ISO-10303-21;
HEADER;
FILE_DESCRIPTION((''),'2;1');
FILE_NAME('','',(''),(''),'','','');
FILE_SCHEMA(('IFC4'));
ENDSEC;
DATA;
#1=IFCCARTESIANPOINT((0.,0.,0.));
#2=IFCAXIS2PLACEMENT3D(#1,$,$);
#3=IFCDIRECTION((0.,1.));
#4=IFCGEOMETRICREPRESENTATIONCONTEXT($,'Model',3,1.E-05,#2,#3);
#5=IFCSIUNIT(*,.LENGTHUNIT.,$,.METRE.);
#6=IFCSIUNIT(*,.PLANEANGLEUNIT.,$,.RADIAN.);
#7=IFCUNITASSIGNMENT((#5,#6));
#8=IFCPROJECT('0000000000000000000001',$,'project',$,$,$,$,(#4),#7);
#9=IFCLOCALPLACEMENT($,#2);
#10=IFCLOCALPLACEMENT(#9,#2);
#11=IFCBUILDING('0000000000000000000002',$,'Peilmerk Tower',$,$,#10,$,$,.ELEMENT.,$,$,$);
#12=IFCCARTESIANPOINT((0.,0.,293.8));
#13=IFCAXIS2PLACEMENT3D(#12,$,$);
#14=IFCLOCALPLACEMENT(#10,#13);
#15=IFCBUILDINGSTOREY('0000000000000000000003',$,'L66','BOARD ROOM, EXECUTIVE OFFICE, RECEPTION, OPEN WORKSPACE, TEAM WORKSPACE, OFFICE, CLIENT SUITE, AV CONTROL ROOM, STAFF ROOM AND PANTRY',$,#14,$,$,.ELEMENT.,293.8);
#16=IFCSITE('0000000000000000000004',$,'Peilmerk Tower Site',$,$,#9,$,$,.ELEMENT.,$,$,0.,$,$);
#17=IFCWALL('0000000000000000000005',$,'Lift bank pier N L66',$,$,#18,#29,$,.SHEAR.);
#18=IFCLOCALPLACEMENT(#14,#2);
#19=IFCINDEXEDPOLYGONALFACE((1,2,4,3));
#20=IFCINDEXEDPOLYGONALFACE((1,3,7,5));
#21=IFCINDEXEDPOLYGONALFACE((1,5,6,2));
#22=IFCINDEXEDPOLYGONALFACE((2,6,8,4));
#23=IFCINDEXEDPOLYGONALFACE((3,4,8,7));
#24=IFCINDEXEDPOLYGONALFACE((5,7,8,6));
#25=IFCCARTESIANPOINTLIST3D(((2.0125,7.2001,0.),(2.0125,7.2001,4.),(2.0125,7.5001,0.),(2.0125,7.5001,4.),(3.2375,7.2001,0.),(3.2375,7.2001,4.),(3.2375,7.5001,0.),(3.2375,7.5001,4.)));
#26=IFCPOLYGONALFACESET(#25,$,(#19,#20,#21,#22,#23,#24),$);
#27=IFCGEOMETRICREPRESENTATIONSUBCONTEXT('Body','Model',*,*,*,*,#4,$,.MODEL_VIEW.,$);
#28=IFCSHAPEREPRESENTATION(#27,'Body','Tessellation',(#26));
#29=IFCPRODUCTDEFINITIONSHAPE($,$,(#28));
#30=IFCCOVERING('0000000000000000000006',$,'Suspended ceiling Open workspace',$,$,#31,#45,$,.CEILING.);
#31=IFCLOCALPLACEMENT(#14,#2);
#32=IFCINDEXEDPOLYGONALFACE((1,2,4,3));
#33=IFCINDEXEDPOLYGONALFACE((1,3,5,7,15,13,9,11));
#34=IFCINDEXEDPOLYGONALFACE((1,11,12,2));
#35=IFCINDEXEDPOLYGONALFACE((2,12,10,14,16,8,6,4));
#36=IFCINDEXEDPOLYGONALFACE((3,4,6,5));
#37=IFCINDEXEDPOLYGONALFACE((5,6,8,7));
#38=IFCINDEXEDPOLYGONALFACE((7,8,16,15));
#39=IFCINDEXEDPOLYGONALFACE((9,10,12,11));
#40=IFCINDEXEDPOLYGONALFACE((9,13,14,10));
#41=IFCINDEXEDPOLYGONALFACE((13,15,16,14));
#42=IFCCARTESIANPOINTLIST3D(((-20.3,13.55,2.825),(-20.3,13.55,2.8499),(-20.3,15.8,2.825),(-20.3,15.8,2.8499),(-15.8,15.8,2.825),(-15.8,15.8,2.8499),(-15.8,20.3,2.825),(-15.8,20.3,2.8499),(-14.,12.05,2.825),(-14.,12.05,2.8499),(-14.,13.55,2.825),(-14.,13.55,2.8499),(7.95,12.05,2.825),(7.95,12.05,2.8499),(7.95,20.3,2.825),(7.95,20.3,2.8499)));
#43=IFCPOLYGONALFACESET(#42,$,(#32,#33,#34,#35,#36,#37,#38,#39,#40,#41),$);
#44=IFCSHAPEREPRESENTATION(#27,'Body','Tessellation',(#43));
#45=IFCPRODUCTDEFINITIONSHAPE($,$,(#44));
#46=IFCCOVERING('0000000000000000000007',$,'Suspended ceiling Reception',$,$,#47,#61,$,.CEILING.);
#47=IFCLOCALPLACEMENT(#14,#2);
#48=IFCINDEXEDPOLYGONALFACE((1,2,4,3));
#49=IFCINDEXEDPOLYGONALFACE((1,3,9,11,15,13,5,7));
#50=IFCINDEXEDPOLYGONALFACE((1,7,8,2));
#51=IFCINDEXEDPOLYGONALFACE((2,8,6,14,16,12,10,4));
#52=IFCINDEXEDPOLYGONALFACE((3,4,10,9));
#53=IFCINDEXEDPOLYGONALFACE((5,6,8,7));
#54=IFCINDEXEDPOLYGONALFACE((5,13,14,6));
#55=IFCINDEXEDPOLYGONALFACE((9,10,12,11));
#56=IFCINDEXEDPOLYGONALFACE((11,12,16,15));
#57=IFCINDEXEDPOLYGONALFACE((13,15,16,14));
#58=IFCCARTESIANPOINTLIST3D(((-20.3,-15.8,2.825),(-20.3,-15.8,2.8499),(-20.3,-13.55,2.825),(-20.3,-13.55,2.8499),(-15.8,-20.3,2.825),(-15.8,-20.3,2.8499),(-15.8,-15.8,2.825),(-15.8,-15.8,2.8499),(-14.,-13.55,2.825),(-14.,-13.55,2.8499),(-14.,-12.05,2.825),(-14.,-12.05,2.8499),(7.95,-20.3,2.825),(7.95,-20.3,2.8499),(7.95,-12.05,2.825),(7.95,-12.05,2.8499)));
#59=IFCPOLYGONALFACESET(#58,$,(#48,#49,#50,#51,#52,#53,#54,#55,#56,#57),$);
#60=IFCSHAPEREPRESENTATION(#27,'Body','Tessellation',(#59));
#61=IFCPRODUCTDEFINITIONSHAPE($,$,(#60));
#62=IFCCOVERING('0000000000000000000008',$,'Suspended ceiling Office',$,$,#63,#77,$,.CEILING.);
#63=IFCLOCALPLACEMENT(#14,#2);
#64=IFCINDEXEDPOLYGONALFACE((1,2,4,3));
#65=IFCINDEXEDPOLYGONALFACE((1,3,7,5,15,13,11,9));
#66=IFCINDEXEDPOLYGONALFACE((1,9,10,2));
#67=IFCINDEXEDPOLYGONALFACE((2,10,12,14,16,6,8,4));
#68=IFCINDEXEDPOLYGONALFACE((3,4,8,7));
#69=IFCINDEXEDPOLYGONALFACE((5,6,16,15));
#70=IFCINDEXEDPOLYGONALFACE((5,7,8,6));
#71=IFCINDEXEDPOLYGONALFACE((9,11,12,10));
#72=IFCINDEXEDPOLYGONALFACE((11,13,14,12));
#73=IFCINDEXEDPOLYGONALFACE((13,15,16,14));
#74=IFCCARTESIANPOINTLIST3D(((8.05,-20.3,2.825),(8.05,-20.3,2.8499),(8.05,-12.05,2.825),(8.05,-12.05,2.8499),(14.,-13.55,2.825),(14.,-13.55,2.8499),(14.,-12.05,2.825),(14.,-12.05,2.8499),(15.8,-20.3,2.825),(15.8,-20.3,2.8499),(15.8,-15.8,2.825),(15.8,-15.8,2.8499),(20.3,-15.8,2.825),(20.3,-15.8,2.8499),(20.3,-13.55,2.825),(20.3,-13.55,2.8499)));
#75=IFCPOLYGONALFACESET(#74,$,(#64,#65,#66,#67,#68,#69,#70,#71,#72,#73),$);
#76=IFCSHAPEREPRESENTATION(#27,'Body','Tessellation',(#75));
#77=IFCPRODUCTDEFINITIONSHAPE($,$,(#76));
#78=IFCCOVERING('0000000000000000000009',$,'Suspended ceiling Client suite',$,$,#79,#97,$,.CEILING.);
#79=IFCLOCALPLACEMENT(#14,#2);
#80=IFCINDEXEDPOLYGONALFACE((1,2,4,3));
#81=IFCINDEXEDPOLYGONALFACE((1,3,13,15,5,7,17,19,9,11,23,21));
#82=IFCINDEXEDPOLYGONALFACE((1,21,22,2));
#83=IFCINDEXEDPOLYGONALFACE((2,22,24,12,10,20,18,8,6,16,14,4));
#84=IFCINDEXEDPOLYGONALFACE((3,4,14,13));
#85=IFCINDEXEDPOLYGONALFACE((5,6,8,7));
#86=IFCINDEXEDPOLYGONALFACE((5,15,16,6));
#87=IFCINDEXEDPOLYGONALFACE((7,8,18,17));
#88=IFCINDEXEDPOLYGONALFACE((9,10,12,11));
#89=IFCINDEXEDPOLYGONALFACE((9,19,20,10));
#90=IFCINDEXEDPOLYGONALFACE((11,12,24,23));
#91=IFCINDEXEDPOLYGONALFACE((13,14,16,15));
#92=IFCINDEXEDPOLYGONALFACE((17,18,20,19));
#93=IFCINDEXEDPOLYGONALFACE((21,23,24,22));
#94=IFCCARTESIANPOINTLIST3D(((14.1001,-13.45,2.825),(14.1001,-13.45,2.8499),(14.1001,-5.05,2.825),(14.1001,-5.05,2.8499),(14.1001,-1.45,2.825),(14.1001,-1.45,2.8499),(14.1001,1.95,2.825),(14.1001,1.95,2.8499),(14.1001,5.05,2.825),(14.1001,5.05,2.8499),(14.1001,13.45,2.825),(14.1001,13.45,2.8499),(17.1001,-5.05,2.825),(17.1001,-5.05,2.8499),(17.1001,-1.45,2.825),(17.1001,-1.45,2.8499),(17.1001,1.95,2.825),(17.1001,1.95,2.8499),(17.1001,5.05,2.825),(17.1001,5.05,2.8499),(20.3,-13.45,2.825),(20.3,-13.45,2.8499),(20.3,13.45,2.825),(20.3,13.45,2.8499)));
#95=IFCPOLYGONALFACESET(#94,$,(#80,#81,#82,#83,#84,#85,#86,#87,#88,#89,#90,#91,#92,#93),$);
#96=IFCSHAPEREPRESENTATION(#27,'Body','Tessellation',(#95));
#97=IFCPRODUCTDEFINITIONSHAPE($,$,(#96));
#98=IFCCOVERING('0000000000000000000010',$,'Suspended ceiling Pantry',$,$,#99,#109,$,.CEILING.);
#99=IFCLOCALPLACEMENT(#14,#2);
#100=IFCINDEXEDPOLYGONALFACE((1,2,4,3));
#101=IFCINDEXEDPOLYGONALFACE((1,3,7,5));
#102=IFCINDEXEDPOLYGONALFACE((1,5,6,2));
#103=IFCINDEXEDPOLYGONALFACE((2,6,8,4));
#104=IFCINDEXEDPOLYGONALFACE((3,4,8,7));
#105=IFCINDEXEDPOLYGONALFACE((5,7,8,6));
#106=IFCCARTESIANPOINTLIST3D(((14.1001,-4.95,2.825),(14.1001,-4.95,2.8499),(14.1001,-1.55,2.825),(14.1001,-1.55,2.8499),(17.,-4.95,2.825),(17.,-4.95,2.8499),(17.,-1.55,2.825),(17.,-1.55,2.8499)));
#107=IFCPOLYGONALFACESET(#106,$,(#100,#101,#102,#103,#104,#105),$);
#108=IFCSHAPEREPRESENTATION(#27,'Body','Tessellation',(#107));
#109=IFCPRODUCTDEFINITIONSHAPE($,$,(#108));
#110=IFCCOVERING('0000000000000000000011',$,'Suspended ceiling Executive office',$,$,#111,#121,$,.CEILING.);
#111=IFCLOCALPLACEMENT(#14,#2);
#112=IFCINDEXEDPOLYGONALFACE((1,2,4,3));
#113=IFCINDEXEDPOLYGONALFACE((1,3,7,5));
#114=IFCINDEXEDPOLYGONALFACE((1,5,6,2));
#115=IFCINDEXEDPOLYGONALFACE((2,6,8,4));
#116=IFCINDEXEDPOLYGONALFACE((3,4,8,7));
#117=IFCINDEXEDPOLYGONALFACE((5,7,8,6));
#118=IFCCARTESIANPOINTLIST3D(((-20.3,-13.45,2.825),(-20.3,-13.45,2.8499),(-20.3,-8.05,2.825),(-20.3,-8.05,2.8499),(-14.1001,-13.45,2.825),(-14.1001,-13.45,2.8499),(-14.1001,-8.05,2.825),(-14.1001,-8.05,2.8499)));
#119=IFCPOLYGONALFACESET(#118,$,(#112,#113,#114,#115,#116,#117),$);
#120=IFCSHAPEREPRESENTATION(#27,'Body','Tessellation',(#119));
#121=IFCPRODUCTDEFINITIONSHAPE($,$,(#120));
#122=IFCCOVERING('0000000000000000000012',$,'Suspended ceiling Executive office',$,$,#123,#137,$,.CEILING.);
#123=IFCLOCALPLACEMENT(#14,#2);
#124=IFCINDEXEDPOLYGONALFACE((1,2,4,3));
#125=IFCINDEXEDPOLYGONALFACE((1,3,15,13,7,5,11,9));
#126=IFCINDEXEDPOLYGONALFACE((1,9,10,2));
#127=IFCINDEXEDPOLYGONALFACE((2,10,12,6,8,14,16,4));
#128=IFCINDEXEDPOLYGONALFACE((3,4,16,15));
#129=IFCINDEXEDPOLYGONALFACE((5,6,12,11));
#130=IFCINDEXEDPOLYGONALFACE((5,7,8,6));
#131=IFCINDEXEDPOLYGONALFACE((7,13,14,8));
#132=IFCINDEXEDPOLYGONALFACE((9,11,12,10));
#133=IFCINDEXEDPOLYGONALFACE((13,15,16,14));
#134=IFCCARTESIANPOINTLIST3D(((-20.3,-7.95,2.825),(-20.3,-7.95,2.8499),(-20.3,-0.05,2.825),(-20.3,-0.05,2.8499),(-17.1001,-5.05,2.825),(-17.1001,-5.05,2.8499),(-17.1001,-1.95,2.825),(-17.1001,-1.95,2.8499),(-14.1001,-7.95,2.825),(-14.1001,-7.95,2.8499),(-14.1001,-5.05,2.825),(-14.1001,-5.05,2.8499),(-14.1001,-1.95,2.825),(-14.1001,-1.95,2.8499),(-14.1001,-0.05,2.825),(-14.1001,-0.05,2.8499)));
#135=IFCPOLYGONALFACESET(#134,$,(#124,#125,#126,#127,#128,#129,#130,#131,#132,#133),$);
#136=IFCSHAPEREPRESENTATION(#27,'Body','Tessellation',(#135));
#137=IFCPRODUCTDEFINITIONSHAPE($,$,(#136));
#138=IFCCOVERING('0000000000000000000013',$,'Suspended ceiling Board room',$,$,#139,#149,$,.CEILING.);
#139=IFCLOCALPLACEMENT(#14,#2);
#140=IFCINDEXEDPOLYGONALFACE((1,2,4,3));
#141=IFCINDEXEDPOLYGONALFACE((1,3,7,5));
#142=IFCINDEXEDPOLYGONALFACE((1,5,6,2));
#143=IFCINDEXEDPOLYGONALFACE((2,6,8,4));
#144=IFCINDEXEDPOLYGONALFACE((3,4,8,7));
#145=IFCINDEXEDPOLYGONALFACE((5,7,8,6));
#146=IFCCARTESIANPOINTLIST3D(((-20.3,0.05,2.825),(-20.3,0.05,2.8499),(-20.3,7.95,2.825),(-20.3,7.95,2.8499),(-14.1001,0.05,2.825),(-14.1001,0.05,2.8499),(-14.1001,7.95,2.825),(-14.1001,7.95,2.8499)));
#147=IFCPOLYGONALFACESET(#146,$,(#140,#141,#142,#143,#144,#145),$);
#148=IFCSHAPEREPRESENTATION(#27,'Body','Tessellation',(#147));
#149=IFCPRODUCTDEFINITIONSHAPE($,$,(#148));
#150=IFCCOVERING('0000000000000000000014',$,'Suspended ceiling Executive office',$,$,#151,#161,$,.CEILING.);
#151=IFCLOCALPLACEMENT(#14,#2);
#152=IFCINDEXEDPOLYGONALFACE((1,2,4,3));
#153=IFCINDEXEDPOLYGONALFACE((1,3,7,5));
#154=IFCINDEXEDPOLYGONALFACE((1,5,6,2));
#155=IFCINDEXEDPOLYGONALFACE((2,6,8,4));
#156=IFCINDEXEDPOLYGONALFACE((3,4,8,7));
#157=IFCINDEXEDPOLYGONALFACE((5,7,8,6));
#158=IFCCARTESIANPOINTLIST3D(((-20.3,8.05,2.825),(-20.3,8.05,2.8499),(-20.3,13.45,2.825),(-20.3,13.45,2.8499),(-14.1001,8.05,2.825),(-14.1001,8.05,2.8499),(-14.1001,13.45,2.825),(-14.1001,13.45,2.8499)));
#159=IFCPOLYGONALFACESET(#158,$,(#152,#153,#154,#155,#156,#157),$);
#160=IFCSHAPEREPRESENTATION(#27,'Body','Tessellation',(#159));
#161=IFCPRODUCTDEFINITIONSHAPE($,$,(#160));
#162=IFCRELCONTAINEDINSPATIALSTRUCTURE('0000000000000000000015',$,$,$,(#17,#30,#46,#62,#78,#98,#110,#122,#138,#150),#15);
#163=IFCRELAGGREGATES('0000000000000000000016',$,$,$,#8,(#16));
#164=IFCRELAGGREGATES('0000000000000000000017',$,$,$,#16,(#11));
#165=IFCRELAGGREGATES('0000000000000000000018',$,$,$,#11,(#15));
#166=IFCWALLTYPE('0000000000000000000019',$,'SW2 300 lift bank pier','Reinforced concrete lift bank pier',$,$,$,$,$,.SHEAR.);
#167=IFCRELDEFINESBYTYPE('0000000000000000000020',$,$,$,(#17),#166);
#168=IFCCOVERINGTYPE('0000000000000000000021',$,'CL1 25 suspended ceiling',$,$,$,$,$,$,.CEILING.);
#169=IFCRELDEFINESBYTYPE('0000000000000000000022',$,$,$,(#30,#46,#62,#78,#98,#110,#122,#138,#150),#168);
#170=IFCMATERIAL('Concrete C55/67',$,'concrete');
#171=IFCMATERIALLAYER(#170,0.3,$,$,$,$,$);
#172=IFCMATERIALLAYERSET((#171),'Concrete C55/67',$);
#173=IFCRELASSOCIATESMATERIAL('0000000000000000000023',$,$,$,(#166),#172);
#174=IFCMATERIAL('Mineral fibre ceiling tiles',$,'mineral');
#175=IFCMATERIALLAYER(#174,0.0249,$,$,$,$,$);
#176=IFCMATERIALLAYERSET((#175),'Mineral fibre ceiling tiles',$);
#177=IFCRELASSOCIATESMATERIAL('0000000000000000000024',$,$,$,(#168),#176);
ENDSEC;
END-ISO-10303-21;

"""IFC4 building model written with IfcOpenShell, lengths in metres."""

from ifc_helpers import new_model, si_unit, direction, frame, frame_2d, origin, place, context, subcontext, project, spatial, polyline, rectangle, outline, extrude, material, layer, layer_set, type_object, element, save


model = new_model("IFC4")

# Units and contexts
model_context = context("Model", 3, precision=1e-05, world=origin(), true_north=direction((0.0, 1.0)))
body_context = subcontext(model_context, "Body", "Model", "MODEL_VIEW")
ifc_project = project(units=[si_unit("LENGTHUNIT", "METRE"), si_unit("PLANEANGLEUNIT", "RADIAN")], contexts=[model_context])

# Site, building, storey
site_placement = place(None, origin())
site = spatial("IfcSite", under=ifc_project, at=site_placement, Name="Peilmerk Tower Site", CompositionType="ELEMENT", RefElevation=0.0)
building_placement = place(site_placement, origin())
building = spatial("IfcBuilding", under=site, at=building_placement, Name="Peilmerk Tower", CompositionType="ELEMENT")
storey_placement = place(building_placement, frame((0.0, 0.0, 293.8)))
storey = spatial("IfcBuildingStorey", under=building, at=storey_placement, Name="L66", Description="BOARD ROOM, EXECUTIVE OFFICE, RECEPTION, OPEN WORKSPACE, TEAM WORKSPACE, OFFICE, CLIENT SUITE, AV CONTROL ROOM, STAFF ROOM AND PANTRY", CompositionType="ELEMENT", Elevation=293.8)

# Wall
ifc_material_1 = material(Name="Concrete C55/67", Category="concrete")
ifc_layer_1 = layer(ifc_material_1, 0.3)
ifc_layer_set_1 = layer_set([ifc_layer_1], Name="Concrete C55/67")
wall_type_1 = type_object("IfcWallType", Name="SW2 300 lift bank pier", Description="Reinforced concrete lift bank pier", PredefinedType="SHEAR", material=ifc_layer_set_1)
wall_1_placement = place(storey_placement, frame((2.0125, 7.3501, 0.0), z_axis=(0.0, 0.0, 1.0), x_axis=(1.0, 0.0, 0.0)))
element("IfcWall", 1, at=wall_1_placement, inside=storey, type_object=wall_type_1, Name="Lift bank pier N L66", PredefinedType="SHEAR", context=body_context, shape_type="SweptSolid", body=[
    extrude(rectangle(XDim=1.2251, YDim=0.3, at=frame_2d((0.6125, 0.0))), origin(), (0.0, 0.0, 1.0), 4.0),
])

# Coverings
ifc_material_2 = material(Name="Mineral fibre ceiling tiles", Category="mineral")
ifc_layer_2 = layer(ifc_material_2, 0.0249)
ifc_layer_set_2 = layer_set([ifc_layer_2], Name="Mineral fibre ceiling tiles")
covering_type = type_object("IfcCoveringType", Name="CL1 25 suspended ceiling", PredefinedType="CEILING", material=ifc_layer_set_2)
covering_1_placement = place(storey_placement, frame((0.0, 0.0, 2.825)))
element("IfcCovering", 2, at=covering_1_placement, inside=storey, type_object=covering_type, Name="Suspended ceiling Open workspace", PredefinedType="CEILING", context=body_context, shape_type="SweptSolid", body=[
    extrude(outline(polyline([(-20.3, 15.8), (-20.3, 13.55), (-14.0, 13.55), (-14.0, 12.05), (7.95, 12.05), (7.95, 20.3), (-15.8, 20.3), (-15.8, 15.8), (-20.3, 15.8)])), origin(), (0.0, 0.0, 1.0), 0.0249),
])
covering_2_placement = place(storey_placement, frame((0.0, 0.0, 2.825)))
element("IfcCovering", 3, at=covering_2_placement, inside=storey, type_object=covering_type, Name="Suspended ceiling Reception", PredefinedType="CEILING", context=body_context, shape_type="SweptSolid", body=[
    extrude(outline(polyline([(-15.8, -20.3), (7.95, -20.3), (7.95, -12.05), (-14.0, -12.05), (-14.0, -13.55), (-20.3, -13.55), (-20.3, -15.8), (-15.8, -15.8), (-15.8, -20.3)])), origin(), (0.0, 0.0, 1.0), 0.0249),
])
covering_3_placement = place(storey_placement, frame((0.0, 0.0, 2.825)))
element("IfcCovering", 4, at=covering_3_placement, inside=storey, type_object=covering_type, Name="Suspended ceiling Office", PredefinedType="CEILING", context=body_context, shape_type="SweptSolid", body=[
    extrude(outline(polyline([(8.05, -20.3), (15.8, -20.3), (15.8, -15.8), (20.3, -15.8), (20.3, -13.55), (14.0, -13.55), (14.0, -12.05), (8.05, -12.05), (8.05, -20.3)])), origin(), (0.0, 0.0, 1.0), 0.0249),
])
covering_4_placement = place(storey_placement, frame((0.0, 0.0, 2.825)))
element("IfcCovering", 5, at=covering_4_placement, inside=storey, type_object=covering_type, Name="Suspended ceiling Client suite", PredefinedType="CEILING", context=body_context, shape_type="SweptSolid", body=[
    extrude(outline(polyline([(14.1001, -13.45), (20.3, -13.45), (20.3, 13.45), (14.1001, 13.45), (14.1001, 5.05), (17.1001, 5.05), (17.1001, 1.95), (14.1001, 1.95), (14.1001, -1.45), (17.1001, -1.45), (17.1001, -5.05), (14.1001, -5.05), (14.1001, -13.45)])), origin(), (0.0, 0.0, 1.0), 0.0249),
])
covering_5_placement = place(storey_placement, frame((0.0, 0.0, 2.825)))
element("IfcCovering", 6, at=covering_5_placement, inside=storey, type_object=covering_type, Name="Suspended ceiling Pantry", PredefinedType="CEILING", context=body_context, shape_type="SweptSolid", body=[
    extrude(outline(polyline([(17.0, -4.95), (17.0, -1.55), (14.1001, -1.55), (14.1001, -4.95), (17.0, -4.95)])), origin(), (0.0, 0.0, 1.0), 0.0249),
])
covering_6_placement = place(storey_placement, frame((0.0, 0.0, 2.825)))
element("IfcCovering", 7, at=covering_6_placement, inside=storey, type_object=covering_type, Name="Suspended ceiling Executive office", PredefinedType="CEILING", context=body_context, shape_type="SweptSolid", body=[
    extrude(outline(polyline([(-20.3, -8.05), (-20.3, -13.45), (-14.1001, -13.45), (-14.1001, -8.05), (-20.3, -8.05)])), origin(), (0.0, 0.0, 1.0), 0.0249),
])
covering_7_placement = place(storey_placement, frame((0.0, 0.0, 2.825)))
element("IfcCovering", 8, at=covering_7_placement, inside=storey, type_object=covering_type, Name="Suspended ceiling Executive office", PredefinedType="CEILING", context=body_context, shape_type="SweptSolid", body=[
    extrude(outline(polyline([(-14.1001, -0.05), (-20.3, -0.05), (-20.3, -7.95), (-14.1001, -7.95), (-14.1001, -5.05), (-17.1001, -5.05), (-17.1001, -1.95), (-14.1001, -1.95), (-14.1001, -0.05)])), origin(), (0.0, 0.0, 1.0), 0.0249),
])
covering_8_placement = place(storey_placement, frame((0.0, 0.0, 2.825)))
element("IfcCovering", 9, at=covering_8_placement, inside=storey, type_object=covering_type, Name="Suspended ceiling Board room", PredefinedType="CEILING", context=body_context, shape_type="SweptSolid", body=[
    extrude(outline(polyline([(-20.3, 7.95), (-20.3, 0.05), (-14.1001, 0.05), (-14.1001, 7.95), (-20.3, 7.95)])), origin(), (0.0, 0.0, 1.0), 0.0249),
])
covering_9_placement = place(storey_placement, frame((0.0, 0.0, 2.825)))
element("IfcCovering", 10, at=covering_9_placement, inside=storey, type_object=covering_type, Name="Suspended ceiling Executive office", PredefinedType="CEILING", context=body_context, shape_type="SweptSolid", body=[
    extrude(outline(polyline([(-20.3, 13.45), (-20.3, 8.05), (-14.1001, 8.05), (-14.1001, 13.45), (-20.3, 13.45)])), origin(), (0.0, 0.0, 1.0), 0.0249),
])

save(model, "model.ifc")
